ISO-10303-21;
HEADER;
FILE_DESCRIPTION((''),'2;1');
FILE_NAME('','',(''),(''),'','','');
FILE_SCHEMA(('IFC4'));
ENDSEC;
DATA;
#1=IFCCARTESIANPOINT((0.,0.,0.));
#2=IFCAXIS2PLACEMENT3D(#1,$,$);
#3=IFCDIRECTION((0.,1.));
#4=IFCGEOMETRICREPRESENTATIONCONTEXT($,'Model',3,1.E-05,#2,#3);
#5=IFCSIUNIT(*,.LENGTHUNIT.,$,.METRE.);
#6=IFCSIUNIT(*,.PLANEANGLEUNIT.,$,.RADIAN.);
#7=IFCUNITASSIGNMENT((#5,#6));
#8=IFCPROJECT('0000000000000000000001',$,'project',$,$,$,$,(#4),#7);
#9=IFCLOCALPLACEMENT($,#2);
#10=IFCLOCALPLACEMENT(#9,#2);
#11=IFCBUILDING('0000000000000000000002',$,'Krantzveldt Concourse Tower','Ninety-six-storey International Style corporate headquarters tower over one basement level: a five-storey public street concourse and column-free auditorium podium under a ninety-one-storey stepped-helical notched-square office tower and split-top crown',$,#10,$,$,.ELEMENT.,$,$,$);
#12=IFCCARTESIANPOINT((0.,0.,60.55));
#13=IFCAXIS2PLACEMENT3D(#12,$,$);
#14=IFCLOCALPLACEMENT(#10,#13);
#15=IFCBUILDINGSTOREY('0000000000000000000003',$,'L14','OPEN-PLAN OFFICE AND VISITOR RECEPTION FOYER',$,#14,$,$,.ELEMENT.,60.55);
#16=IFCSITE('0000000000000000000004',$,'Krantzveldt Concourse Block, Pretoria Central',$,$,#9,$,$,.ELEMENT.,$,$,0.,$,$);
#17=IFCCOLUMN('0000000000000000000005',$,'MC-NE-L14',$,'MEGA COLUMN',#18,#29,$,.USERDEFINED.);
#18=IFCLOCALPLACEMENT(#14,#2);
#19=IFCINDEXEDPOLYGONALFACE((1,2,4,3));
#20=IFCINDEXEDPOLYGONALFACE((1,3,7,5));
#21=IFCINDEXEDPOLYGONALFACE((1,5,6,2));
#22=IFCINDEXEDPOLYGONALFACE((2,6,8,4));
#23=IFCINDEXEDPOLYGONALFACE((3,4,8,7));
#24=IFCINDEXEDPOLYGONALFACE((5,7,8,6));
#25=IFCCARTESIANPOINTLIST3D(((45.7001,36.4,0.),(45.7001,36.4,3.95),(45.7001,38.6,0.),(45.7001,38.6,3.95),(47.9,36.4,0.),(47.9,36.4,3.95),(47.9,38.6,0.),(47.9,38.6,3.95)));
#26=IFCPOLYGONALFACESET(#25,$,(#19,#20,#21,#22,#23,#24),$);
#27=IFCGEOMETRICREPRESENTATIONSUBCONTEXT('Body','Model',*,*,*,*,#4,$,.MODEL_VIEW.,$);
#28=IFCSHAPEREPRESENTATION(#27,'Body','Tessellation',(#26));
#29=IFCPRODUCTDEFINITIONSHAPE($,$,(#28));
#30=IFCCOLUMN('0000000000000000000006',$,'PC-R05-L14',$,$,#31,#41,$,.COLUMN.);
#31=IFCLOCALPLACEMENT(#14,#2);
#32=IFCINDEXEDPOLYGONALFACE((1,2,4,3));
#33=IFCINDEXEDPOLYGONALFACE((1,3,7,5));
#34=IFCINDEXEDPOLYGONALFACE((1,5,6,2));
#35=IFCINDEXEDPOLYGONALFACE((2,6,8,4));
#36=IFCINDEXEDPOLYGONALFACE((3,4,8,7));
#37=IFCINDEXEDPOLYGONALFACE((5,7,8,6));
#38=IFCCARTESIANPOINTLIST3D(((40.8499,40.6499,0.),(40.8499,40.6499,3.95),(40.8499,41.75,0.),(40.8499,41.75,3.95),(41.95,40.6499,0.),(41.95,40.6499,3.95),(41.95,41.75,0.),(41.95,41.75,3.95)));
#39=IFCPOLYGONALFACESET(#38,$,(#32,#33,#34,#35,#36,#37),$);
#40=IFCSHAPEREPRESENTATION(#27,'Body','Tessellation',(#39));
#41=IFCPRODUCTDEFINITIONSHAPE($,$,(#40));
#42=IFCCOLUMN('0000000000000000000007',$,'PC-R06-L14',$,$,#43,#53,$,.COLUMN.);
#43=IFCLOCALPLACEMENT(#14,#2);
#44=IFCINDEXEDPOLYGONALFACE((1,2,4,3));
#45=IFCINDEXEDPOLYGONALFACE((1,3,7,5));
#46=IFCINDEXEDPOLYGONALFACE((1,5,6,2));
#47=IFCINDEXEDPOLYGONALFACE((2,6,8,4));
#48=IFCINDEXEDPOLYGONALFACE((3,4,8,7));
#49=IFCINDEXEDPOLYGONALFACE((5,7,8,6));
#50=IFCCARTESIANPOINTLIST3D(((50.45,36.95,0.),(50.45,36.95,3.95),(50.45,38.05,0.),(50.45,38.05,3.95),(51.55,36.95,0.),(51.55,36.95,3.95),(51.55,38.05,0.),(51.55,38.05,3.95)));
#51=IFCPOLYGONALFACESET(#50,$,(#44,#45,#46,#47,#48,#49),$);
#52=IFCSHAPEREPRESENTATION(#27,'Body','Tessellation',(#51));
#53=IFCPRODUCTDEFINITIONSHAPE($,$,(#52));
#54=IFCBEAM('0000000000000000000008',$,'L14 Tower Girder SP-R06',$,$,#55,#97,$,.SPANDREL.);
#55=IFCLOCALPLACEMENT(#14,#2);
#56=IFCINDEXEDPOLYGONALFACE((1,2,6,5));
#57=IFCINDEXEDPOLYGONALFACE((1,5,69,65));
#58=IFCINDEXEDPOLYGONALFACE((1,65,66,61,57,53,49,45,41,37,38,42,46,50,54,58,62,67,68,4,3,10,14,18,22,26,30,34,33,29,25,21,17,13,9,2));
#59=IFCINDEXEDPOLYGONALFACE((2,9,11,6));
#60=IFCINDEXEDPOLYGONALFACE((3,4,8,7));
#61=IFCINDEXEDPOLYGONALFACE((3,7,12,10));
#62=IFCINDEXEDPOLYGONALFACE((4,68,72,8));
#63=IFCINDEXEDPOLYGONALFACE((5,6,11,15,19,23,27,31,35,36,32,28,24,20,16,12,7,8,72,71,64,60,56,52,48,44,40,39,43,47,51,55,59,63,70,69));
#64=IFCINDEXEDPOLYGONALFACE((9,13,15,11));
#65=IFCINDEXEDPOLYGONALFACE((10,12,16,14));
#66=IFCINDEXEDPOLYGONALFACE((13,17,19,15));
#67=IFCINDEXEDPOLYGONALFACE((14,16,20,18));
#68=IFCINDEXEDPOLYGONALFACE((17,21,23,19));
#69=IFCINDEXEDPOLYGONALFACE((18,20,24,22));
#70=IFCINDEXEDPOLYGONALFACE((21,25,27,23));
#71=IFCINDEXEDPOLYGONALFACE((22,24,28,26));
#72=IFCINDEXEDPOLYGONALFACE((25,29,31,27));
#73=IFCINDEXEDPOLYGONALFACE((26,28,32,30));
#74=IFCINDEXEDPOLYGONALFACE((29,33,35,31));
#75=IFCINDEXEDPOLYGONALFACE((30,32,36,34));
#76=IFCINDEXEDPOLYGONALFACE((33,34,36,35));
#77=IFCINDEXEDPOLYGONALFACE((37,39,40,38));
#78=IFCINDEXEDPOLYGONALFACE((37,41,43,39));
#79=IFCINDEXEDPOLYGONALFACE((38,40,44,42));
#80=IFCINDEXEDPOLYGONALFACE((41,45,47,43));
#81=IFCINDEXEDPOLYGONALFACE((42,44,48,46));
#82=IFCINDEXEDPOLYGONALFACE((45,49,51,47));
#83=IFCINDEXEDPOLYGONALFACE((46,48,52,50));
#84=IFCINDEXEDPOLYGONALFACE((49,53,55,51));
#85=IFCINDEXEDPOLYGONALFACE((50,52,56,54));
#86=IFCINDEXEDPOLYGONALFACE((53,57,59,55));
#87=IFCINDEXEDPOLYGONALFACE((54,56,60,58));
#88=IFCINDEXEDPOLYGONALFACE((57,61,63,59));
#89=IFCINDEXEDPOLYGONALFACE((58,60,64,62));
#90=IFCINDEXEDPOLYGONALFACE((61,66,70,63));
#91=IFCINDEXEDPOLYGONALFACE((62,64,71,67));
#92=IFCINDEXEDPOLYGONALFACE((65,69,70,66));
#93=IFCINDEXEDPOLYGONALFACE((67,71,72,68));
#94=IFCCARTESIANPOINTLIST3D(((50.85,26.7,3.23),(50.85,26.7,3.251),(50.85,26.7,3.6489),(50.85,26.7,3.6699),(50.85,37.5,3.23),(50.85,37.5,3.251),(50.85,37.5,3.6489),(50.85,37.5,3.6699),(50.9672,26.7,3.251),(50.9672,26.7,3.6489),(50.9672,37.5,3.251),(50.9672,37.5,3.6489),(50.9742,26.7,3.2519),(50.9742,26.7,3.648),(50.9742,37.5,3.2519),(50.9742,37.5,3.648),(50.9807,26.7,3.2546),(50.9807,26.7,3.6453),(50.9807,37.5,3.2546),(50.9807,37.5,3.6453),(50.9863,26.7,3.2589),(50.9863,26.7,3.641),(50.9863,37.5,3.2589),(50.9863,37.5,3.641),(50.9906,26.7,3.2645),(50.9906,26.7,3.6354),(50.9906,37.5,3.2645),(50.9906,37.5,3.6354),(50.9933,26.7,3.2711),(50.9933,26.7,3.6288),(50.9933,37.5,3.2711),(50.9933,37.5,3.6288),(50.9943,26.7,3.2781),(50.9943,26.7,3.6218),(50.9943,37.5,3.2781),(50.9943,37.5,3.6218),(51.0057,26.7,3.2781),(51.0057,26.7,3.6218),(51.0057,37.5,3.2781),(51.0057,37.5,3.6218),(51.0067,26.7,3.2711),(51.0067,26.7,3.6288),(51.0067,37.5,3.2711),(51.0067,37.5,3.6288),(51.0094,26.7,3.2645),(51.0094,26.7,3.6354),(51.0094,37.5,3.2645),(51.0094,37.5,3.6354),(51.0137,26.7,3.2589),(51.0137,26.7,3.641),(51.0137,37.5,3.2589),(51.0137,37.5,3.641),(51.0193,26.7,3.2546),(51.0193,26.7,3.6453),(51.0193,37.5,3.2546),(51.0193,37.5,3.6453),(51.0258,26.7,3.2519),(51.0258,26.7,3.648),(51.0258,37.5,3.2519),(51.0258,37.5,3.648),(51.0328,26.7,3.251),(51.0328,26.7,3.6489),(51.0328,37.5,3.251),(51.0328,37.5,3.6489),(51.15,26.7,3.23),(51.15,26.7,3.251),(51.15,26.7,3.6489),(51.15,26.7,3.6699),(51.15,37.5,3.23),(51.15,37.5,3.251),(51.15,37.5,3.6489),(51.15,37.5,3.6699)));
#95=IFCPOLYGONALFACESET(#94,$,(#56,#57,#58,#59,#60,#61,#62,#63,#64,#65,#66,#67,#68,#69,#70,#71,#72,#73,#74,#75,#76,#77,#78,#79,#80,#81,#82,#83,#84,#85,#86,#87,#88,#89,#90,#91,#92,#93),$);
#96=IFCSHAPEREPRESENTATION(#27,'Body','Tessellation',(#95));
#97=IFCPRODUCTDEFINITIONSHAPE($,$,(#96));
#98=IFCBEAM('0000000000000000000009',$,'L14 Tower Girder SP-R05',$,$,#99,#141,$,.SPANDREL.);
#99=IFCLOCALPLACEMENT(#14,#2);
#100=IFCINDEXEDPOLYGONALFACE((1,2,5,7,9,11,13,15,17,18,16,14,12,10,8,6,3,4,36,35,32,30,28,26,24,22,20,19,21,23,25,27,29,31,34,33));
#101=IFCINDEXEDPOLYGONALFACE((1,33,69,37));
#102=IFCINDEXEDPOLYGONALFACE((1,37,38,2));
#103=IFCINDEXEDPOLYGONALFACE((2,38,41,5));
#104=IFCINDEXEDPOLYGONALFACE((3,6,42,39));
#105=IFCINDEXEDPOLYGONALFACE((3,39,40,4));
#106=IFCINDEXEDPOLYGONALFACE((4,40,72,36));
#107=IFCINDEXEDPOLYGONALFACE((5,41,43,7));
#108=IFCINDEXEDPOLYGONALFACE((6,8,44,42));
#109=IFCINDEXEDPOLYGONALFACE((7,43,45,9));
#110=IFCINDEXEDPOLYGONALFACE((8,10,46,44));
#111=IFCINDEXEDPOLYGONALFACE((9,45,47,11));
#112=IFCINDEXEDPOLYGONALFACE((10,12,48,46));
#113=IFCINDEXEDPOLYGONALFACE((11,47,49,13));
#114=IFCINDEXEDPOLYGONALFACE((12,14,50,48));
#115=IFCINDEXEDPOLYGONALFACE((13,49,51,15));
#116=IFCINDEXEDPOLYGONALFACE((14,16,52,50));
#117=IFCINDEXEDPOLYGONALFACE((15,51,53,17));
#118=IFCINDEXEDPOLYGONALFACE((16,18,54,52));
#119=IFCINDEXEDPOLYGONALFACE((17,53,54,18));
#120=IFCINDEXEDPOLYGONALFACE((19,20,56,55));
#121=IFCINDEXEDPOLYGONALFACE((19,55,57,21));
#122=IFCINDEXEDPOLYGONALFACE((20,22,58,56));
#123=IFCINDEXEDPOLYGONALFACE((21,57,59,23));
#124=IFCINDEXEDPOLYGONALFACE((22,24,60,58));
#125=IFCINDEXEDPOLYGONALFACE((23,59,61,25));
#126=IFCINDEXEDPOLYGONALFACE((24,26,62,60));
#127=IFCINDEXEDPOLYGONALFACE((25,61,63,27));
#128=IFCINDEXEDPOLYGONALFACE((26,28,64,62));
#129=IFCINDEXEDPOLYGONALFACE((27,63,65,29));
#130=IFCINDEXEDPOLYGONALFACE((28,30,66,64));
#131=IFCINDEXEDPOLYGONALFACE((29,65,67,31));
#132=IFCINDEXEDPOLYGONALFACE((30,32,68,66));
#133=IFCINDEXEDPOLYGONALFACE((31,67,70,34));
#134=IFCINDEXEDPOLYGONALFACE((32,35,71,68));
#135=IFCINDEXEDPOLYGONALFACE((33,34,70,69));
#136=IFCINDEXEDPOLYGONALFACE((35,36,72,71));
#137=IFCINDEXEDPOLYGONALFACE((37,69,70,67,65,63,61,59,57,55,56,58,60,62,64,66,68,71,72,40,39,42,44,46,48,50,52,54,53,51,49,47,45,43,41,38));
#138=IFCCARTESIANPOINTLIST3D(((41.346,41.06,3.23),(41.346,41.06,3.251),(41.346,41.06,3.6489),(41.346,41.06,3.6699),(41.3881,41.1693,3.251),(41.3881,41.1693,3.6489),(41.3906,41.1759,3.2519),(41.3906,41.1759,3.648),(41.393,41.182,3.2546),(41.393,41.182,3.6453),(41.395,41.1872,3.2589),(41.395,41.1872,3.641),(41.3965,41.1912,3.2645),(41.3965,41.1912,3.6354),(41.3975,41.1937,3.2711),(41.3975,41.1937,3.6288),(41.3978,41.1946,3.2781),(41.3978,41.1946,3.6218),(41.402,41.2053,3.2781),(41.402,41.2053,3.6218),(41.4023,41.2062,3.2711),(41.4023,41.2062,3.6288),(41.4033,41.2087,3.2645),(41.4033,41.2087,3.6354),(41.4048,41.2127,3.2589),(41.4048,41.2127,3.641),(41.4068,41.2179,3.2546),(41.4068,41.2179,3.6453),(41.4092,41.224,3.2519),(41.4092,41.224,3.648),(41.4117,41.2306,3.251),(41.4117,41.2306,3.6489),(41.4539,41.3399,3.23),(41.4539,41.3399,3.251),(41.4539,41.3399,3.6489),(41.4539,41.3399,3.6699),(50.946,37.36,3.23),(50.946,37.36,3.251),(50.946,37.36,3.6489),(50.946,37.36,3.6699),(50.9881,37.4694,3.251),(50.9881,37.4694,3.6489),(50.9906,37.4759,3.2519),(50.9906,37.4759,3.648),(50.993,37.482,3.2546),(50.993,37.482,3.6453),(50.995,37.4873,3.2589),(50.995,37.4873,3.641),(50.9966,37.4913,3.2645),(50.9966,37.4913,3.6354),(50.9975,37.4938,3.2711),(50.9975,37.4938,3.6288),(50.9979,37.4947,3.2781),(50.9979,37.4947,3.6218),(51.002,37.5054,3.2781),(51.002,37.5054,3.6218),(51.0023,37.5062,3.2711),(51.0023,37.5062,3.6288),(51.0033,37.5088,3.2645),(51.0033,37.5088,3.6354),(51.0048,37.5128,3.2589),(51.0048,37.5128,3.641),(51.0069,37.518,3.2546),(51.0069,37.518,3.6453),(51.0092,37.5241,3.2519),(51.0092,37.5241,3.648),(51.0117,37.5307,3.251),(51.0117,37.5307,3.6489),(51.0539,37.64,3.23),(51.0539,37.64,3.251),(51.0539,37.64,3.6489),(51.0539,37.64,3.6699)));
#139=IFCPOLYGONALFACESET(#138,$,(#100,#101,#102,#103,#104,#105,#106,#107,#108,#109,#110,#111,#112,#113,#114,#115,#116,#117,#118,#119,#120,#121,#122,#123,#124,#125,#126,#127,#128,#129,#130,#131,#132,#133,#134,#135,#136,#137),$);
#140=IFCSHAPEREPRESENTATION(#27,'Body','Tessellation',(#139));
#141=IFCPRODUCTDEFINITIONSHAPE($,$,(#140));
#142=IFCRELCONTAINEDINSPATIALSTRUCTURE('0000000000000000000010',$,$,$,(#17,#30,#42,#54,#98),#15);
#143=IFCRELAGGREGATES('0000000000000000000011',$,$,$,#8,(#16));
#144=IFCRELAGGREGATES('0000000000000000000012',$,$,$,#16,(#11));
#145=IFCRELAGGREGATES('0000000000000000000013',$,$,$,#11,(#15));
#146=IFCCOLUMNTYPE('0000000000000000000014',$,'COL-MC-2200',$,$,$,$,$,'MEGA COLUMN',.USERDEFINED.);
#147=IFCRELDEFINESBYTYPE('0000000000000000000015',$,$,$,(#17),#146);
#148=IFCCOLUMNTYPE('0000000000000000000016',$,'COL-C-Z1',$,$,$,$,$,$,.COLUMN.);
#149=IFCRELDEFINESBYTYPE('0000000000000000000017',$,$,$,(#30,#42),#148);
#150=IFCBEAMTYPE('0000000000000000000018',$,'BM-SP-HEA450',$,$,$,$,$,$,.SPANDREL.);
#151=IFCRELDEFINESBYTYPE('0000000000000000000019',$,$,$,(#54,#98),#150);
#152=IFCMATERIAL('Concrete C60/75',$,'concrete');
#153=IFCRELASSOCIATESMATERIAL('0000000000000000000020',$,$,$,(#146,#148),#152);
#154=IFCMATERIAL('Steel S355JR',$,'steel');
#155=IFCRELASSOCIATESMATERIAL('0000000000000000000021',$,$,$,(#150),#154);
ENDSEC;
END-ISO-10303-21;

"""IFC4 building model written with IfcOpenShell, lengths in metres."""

from ifc_helpers import new_model, si_unit, direction, frame, origin, origin_2d, place, context, subcontext, project, spatial, rectangle, i_section, extrude, source, transform, mapped, material, material_profile, profile_set, type_object, type_shapes, element, save


model = new_model("IFC4")

# Units and contexts
model_context = context("Model", 3, precision=1e-05, world=origin(), true_north=direction((0.0, 1.0)))
body_context = subcontext(model_context, "Body", "Model", "MODEL_VIEW")
ifc_project = project(units=[si_unit("LENGTHUNIT", "METRE"), si_unit("PLANEANGLEUNIT", "RADIAN")], contexts=[model_context])

# Site, building, storey
site_placement = place(None, origin())
site = spatial("IfcSite", under=ifc_project, at=site_placement, Name="Krantzveldt Concourse Block, Pretoria Central", CompositionType="ELEMENT", RefElevation=0.0)
building_placement = place(site_placement, origin())
building = spatial("IfcBuilding", under=site, at=building_placement, Name="Krantzveldt Concourse Tower", Description="Ninety-six-storey International Style corporate headquarters tower over one basement level: a five-storey public street concourse and column-free auditorium podium under a ninety-one-storey stepped-helical notched-square office tower and split-top crown", CompositionType="ELEMENT")
storey_placement = place(building_placement, frame((0.0, 0.0, 60.55)))
storey = spatial("IfcBuildingStorey", under=building, at=storey_placement, Name="L14", Description="OPEN-PLAN OFFICE AND VISITOR RECEPTION FOYER", CompositionType="ELEMENT", Elevation=60.55)

# Columns
ifc_material_1 = material(Name="Concrete C60/75", Category="concrete")
ifc_material_profile_1 = material_profile(ifc_material_1, rectangle(XDim=2.2, YDim=2.2, at=origin_2d()), Name="Concrete C60/75", Category="concrete")
ifc_profile_set_1 = profile_set([ifc_material_profile_1], Name="Concrete C60/75 - RC 2200x2200")
column_type_1 = type_object("IfcColumnType", Name="COL-MC-2200", ElementType="MEGA COLUMN", PredefinedType="USERDEFINED", material=ifc_profile_set_1)
shared_shape_1 = source(origin(), body_context, "Body", "SweptSolid", [
    extrude(rectangle(XDim=2.2, YDim=2.2, at=origin_2d()), origin(), (0.0, 0.0, 1.0), 3.95),
])
type_shapes(column_type_1, [shared_shape_1])
column_placement = place(storey_placement, frame((46.8, 37.5, 0.0), z_axis=(0.0, 0.0, 1.0), x_axis=(1.0, 0.0, 0.0)))
element("IfcColumn", 1, at=column_placement, inside=storey, type_object=column_type_1, Name="MC-NE-L14", ObjectType="MEGA COLUMN", PredefinedType="USERDEFINED", context=body_context, shape_type="MappedRepresentation", body=[
    mapped(shared_shape_1, transform((0.0, 0.0, 0.0), x_axis=(1.0, 0.0, 0.0), y_axis=(0.0, 1.0, 0.0), z_axis=(0.0, 0.0, 1.0), scale=1.0)),
])
ifc_material_profile_2 = material_profile(ifc_material_1, rectangle(XDim=1.1001, YDim=1.1001, at=origin_2d()), Name="Concrete C60/75", Category="concrete")
ifc_profile_set_2 = profile_set([ifc_material_profile_2], Name="Concrete C60/75 - RC 1100x1100")
column_type_2 = type_object("IfcColumnType", Name="COL-C-Z1", PredefinedType="COLUMN", material=ifc_profile_set_2)
shared_shape_2 = source(origin(), body_context, "Body", "SweptSolid", [
    extrude(rectangle(XDim=1.1001, YDim=1.1001, at=origin_2d()), origin(), (0.0, 0.0, 1.0), 3.95),
])
type_shapes(column_type_2, [shared_shape_2])
for number, where, z_axis, x_axis, name in (
    (2, (41.3999, 41.2, 0.0), (0.0, 0.0, 1.0), (1.0, 0.0, 0.0), "PC-R05-L14"),
    (3, (51.0, 37.5, 0.0), (0.0, 0.0, 1.0), (1.0, 0.0, 0.0), "PC-R06-L14"),
):
    element("IfcColumn", number, at=place(storey_placement, frame(where, z_axis=z_axis, x_axis=x_axis)), inside=storey, type_object=column_type_2, Name=name, PredefinedType="COLUMN", context=body_context, shape_type="MappedRepresentation", body=[
        mapped(shared_shape_2, transform((0.0, 0.0, 0.0), x_axis=(1.0, 0.0, 0.0), y_axis=(0.0, 1.0, 0.0), z_axis=(0.0, 0.0, 1.0), scale=1.0)),
    ])

# Beams
ifc_material_2 = material(Name="Steel S355JR", Category="steel")
ifc_material_profile_3 = material_profile(ifc_material_2, i_section(OverallWidth=0.3, OverallDepth=0.4399, WebThickness=0.0115, FlangeThickness=0.021, FilletRadius=0.0271, at=origin_2d()), Name="Steel S355JR", Category="steel")
ifc_profile_set_3 = profile_set([ifc_material_profile_3], Name="Steel S355JR - HEA 450")
beam_type_1 = type_object("IfcBeamType", Name="BM-SP-HEA450", PredefinedType="SPANDREL", material=ifc_profile_set_3)
shared_shape_3 = source(origin(), body_context, "Body", "SweptSolid", [
    extrude(i_section(OverallWidth=0.3, OverallDepth=0.4399, WebThickness=0.0115, FlangeThickness=0.021, FilletRadius=0.0271, at=origin_2d()), origin(), (0.0, 0.0, 1.0), 10.8),
])
beam_1_placement = place(storey_placement, frame((51.0, 37.5, 3.45), z_axis=(0.0, -1.0, 0.0), x_axis=(1.0, 0.0, 0.0)))
element("IfcBeam", 4, at=beam_1_placement, inside=storey, type_object=beam_type_1, Name="L14 Tower Girder SP-R06", PredefinedType="SPANDREL", context=body_context, shape_type="MappedRepresentation", body=[
    mapped(shared_shape_3, transform((0.0, 0.0, 0.0), x_axis=(1.0, 0.0, 0.0), y_axis=(0.0, 1.0, 0.0), z_axis=(0.0, 0.0, 1.0), scale=1.0)),
])
shared_shape_4 = source(origin(), body_context, "Body", "SweptSolid", [
    extrude(i_section(OverallWidth=0.3, OverallDepth=0.4399, WebThickness=0.0115, FlangeThickness=0.021, FilletRadius=0.0271, at=origin_2d()), origin(), (0.0, 0.0, 1.0), 10.2883),
])
type_shapes(beam_type_1, [shared_shape_3, shared_shape_4])
beam_2_placement = place(storey_placement, frame((41.3999, 41.2, 3.45), z_axis=(0.933098, -0.359623, 0.0), x_axis=(0.359623, 0.933098, 0.0)))
element("IfcBeam", 5, at=beam_2_placement, inside=storey, type_object=beam_type_1, Name="L14 Tower Girder SP-R05", PredefinedType="SPANDREL", context=body_context, shape_type="MappedRepresentation", body=[
    mapped(shared_shape_4, transform((0.0, 0.0, 0.0), x_axis=(1.0, 0.0, 0.0), y_axis=(0.0, 1.0, 0.0), z_axis=(0.0, 0.0, 1.0), scale=1.0)),
])

save(model, "model.ifc")
